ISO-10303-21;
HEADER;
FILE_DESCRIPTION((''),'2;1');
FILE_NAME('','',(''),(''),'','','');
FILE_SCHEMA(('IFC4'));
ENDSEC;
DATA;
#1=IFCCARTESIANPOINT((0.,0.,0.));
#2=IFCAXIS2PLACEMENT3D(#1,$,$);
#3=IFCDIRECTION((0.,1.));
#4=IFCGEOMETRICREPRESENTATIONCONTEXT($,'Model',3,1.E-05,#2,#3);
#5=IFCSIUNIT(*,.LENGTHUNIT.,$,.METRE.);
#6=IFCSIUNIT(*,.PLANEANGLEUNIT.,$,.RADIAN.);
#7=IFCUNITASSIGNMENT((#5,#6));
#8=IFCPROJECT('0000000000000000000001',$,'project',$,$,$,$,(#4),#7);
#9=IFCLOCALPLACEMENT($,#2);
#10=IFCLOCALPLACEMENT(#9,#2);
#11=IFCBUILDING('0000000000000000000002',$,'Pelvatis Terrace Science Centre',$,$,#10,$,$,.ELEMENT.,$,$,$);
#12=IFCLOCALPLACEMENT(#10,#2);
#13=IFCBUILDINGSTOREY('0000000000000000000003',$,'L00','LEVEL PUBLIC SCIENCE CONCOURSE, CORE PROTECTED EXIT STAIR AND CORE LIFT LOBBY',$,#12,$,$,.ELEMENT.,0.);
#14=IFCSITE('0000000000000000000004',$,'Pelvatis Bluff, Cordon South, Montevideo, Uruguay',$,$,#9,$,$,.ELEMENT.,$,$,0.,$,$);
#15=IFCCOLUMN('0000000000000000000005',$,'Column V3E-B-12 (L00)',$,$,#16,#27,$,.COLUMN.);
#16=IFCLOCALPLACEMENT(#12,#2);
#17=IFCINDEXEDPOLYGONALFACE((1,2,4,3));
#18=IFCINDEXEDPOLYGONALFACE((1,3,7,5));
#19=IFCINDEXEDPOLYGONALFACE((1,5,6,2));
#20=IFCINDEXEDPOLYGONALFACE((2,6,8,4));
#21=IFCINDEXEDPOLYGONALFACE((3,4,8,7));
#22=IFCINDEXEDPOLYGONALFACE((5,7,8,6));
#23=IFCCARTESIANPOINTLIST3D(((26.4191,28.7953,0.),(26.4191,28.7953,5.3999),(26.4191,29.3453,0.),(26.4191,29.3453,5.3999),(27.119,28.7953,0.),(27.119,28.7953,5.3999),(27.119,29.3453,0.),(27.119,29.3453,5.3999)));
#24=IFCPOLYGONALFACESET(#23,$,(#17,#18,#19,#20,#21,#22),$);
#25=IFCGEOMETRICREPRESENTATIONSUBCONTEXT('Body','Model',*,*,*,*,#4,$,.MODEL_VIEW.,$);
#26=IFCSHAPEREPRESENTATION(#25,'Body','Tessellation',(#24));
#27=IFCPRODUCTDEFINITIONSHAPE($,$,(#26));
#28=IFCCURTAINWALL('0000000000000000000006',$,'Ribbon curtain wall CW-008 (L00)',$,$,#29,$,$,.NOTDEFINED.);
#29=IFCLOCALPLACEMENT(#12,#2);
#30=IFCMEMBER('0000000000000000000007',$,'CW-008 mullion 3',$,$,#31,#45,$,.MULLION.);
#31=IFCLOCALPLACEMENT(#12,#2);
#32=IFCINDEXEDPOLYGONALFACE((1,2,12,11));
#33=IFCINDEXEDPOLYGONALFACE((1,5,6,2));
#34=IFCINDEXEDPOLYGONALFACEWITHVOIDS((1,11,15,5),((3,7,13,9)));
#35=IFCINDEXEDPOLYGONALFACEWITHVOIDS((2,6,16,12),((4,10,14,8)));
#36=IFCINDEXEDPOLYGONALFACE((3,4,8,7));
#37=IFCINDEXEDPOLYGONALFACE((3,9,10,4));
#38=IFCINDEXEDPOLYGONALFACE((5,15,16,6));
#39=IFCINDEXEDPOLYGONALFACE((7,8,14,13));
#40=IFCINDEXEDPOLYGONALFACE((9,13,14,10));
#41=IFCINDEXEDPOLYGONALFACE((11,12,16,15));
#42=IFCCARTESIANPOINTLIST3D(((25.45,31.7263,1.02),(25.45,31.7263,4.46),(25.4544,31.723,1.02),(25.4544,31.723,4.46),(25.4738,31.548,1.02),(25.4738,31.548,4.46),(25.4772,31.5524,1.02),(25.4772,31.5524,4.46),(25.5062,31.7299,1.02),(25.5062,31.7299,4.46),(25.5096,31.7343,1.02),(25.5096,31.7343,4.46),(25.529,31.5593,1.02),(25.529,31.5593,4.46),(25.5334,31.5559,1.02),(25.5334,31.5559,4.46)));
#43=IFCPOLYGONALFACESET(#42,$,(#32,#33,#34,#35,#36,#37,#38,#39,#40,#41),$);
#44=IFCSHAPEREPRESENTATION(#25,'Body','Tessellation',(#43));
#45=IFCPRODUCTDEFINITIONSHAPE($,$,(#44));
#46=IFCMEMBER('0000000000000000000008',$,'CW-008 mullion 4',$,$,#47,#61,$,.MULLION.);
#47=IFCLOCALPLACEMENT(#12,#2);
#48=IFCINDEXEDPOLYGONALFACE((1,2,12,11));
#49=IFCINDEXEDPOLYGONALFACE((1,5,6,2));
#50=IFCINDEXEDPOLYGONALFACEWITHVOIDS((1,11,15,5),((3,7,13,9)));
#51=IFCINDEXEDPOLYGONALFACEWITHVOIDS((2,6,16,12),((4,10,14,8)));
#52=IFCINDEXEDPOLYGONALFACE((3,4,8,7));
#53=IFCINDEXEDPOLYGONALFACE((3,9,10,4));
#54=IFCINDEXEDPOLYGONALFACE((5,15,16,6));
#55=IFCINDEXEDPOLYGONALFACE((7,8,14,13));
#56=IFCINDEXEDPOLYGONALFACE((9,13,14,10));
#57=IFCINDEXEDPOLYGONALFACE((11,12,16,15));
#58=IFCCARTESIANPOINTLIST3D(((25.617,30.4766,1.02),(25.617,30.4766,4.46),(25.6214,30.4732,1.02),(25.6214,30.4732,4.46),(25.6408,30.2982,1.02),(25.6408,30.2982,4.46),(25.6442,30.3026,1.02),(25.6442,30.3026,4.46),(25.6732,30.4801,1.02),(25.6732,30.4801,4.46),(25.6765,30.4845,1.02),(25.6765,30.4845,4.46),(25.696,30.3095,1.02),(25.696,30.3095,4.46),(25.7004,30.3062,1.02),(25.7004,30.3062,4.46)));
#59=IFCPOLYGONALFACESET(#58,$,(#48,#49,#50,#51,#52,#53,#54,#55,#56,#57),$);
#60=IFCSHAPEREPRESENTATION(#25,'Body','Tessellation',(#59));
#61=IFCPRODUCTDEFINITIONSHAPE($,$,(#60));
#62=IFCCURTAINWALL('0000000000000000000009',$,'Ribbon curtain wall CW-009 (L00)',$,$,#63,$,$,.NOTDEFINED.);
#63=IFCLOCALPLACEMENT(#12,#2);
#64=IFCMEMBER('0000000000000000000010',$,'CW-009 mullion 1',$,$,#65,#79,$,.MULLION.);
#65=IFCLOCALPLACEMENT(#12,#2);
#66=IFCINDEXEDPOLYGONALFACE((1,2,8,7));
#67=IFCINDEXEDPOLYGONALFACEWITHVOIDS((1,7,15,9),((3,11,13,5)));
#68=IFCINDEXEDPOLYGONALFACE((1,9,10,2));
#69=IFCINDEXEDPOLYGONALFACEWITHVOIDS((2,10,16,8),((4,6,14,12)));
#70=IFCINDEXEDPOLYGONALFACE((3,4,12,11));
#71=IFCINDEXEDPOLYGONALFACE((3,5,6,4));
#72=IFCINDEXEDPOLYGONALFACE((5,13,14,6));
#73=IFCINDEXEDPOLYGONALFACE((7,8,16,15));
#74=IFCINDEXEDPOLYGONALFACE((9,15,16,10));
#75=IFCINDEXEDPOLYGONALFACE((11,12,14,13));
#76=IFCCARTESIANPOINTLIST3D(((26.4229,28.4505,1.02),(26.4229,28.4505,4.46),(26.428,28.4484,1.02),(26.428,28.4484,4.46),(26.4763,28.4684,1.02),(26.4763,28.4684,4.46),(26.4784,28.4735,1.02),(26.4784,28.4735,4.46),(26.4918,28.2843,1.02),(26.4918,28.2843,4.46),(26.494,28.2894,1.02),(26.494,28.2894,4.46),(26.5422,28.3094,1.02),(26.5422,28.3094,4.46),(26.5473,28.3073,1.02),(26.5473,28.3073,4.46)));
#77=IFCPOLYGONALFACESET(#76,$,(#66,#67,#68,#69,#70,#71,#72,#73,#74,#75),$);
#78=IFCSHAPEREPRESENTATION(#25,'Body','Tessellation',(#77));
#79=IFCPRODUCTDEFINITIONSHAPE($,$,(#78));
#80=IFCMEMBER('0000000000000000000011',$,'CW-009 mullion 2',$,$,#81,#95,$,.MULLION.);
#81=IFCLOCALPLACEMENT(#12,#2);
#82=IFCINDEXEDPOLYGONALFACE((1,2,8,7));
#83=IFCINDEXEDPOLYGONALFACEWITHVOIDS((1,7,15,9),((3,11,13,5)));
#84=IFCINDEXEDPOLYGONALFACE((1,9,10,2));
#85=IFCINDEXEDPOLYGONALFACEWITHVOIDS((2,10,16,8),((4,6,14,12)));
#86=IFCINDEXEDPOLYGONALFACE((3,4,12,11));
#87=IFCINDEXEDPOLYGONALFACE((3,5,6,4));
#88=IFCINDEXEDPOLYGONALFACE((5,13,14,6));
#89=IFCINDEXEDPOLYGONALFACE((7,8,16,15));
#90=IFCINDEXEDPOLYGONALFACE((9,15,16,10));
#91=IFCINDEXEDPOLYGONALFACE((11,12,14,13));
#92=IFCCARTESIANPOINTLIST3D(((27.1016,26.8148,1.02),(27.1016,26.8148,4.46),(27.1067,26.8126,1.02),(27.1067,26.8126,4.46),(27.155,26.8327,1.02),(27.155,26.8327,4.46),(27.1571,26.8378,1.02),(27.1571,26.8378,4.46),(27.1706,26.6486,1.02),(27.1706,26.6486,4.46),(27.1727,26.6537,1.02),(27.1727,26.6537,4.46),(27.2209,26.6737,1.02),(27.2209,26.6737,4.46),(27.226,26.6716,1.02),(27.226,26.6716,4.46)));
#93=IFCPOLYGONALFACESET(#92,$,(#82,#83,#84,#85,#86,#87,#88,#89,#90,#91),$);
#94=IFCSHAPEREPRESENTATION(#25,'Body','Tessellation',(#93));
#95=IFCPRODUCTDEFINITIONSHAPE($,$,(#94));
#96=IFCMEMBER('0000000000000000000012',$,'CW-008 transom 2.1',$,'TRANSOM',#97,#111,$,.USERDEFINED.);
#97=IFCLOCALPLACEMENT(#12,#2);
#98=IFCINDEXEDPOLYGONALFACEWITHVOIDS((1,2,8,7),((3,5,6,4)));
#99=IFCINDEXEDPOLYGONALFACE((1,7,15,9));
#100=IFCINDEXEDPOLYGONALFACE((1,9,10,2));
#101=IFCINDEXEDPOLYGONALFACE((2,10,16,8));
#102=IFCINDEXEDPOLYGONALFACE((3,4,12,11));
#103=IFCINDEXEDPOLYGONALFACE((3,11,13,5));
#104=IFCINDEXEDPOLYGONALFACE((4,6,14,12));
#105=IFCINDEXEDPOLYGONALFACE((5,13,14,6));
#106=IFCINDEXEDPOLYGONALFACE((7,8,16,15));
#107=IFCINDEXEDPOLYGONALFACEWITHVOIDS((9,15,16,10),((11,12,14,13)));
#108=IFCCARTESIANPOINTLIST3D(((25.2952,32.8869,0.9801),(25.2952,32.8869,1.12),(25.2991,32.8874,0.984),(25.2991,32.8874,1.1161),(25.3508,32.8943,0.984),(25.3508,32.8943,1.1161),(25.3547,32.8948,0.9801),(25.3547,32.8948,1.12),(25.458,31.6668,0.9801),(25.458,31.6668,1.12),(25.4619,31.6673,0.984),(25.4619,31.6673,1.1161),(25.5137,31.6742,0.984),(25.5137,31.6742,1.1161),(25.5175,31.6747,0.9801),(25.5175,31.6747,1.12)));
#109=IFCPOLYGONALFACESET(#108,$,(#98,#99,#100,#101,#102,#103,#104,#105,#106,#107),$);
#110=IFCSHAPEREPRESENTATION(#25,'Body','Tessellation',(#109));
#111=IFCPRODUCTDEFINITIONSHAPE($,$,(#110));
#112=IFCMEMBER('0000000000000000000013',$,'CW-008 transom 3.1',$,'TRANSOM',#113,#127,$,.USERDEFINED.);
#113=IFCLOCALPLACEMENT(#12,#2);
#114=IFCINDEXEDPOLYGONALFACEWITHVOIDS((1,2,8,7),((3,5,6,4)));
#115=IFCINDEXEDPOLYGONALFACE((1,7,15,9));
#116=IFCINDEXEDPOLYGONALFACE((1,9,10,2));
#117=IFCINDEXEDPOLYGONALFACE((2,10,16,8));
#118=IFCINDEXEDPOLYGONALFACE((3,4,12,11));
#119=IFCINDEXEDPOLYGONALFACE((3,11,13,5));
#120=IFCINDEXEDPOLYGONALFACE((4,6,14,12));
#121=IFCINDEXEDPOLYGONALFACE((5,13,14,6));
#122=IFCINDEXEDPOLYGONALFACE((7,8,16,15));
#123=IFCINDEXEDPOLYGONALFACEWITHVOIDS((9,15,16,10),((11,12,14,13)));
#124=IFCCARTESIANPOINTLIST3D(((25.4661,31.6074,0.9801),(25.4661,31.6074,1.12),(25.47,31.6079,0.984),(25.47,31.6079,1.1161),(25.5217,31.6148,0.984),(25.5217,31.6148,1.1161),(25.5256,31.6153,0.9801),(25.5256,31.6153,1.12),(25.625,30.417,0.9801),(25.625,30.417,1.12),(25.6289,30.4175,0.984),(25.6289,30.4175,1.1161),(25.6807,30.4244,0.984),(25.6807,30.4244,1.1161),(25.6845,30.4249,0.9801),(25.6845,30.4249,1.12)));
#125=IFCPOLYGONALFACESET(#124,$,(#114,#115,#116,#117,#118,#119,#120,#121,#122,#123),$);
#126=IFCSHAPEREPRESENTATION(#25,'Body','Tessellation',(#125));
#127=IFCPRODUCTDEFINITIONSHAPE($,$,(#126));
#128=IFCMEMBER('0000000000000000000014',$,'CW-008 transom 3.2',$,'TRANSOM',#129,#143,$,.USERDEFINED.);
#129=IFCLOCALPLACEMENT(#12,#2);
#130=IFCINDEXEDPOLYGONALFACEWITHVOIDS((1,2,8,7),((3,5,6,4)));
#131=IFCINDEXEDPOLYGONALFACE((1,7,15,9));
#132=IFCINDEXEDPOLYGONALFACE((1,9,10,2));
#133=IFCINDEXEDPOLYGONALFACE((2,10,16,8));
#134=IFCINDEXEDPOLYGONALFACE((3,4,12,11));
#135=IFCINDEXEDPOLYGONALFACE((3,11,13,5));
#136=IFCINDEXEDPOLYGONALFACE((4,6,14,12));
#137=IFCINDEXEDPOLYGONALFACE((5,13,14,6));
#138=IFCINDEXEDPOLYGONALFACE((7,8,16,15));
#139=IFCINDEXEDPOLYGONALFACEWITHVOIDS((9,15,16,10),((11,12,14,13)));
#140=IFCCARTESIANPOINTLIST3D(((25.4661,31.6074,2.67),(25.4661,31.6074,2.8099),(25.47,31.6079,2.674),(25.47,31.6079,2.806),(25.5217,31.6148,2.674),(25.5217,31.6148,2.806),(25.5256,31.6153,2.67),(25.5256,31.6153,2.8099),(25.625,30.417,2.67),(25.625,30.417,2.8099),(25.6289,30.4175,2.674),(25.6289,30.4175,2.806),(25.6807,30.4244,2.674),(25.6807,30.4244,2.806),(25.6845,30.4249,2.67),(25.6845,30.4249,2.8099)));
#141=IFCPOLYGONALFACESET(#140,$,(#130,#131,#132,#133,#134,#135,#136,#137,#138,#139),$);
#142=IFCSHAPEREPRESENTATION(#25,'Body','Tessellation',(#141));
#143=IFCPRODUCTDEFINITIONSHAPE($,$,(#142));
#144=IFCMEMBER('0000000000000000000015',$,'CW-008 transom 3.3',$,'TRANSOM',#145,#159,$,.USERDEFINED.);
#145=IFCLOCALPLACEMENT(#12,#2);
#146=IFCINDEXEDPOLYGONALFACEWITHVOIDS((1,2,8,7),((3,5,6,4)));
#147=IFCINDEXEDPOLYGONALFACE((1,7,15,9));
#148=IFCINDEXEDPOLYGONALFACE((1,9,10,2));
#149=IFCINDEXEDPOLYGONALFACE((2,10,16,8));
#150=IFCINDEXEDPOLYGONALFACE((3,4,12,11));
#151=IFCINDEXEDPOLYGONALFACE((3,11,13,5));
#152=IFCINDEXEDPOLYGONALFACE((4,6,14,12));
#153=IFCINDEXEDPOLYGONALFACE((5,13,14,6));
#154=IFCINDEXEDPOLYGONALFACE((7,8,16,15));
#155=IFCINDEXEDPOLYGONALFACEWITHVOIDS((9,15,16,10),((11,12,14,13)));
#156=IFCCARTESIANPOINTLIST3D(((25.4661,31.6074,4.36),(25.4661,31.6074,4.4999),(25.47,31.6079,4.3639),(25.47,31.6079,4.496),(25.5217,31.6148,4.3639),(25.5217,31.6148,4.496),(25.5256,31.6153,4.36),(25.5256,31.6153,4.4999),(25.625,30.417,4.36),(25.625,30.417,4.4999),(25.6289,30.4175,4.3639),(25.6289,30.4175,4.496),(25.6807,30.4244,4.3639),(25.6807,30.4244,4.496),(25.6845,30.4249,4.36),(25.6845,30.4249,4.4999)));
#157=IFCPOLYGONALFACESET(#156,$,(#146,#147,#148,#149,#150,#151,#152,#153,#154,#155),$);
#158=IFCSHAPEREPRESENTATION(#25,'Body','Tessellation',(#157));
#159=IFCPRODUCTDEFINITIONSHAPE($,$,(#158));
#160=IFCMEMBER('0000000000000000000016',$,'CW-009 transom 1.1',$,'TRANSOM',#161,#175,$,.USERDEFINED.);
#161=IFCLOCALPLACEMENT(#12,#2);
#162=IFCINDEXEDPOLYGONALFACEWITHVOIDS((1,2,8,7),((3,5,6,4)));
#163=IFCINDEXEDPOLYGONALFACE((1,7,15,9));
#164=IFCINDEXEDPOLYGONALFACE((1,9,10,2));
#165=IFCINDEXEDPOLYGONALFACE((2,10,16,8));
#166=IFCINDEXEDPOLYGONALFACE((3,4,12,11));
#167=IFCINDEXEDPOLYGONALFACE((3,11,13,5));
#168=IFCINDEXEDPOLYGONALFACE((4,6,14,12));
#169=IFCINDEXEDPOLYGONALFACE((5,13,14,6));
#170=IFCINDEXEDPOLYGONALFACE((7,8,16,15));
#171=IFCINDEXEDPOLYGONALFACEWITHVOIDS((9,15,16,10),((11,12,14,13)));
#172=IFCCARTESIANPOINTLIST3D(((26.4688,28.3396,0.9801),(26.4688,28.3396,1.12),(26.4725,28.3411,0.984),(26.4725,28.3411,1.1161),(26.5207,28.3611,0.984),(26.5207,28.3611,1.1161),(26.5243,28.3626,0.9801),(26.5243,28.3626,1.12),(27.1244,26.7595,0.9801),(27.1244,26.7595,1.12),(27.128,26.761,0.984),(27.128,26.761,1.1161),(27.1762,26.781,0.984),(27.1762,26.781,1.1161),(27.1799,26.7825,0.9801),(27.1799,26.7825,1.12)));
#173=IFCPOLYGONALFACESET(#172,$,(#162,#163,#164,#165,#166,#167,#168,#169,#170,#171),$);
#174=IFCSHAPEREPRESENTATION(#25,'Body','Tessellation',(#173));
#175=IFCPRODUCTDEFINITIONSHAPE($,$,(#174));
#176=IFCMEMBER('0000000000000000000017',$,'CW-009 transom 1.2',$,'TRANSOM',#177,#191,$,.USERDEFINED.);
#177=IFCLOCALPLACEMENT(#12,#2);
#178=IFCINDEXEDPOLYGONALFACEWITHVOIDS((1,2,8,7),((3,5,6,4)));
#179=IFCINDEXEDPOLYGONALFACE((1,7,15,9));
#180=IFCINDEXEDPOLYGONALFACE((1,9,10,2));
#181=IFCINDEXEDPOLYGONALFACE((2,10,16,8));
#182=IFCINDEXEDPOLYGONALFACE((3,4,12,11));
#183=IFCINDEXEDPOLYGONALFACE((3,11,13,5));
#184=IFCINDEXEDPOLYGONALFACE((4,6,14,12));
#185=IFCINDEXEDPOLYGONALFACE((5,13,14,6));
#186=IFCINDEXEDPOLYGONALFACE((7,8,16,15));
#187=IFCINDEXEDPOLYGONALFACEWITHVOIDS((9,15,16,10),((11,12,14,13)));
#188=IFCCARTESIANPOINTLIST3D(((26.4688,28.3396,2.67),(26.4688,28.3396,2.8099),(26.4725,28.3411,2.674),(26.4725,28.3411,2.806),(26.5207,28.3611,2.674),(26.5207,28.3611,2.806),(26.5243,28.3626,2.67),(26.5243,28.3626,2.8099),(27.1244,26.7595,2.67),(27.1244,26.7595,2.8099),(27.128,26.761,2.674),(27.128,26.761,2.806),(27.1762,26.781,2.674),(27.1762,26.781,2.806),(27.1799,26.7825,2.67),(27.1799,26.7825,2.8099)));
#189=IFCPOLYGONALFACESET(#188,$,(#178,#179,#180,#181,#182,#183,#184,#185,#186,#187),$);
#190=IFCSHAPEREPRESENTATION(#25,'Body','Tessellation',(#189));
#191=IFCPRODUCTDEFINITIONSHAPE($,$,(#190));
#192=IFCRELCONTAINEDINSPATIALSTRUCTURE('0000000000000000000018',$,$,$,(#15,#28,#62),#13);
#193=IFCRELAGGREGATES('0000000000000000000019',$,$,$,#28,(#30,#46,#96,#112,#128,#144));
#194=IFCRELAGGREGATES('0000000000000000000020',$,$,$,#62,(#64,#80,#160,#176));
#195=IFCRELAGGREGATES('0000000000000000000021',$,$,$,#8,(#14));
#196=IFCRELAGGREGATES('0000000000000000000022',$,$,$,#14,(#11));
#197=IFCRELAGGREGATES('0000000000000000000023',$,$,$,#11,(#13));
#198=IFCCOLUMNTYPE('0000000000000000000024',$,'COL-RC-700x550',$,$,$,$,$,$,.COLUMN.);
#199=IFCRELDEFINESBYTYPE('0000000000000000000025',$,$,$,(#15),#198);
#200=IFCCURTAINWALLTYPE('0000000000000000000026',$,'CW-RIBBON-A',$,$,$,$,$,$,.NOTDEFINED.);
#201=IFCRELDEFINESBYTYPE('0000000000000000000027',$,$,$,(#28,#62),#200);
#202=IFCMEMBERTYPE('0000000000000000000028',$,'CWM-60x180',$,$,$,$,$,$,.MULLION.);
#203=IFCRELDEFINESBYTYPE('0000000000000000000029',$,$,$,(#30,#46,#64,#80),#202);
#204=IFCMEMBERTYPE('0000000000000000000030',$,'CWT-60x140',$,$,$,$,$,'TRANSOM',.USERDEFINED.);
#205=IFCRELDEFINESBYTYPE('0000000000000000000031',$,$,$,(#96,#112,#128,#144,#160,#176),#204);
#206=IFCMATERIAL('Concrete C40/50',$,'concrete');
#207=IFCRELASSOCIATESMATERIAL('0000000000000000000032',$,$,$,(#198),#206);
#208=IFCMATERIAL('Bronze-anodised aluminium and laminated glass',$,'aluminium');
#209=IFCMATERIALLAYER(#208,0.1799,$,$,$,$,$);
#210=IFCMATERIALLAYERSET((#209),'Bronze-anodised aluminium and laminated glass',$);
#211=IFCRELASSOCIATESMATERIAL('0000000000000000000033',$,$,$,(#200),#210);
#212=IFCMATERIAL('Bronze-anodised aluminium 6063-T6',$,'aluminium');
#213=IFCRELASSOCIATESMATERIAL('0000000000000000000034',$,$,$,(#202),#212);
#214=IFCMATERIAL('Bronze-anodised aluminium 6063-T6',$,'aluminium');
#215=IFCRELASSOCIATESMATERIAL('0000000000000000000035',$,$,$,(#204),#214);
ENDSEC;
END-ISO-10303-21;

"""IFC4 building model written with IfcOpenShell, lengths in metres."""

from ifc_helpers import new_model, si_unit, direction, frame, origin, origin_2d, place, context, subcontext, project, spatial, rectangle, hollow_rectangle, extrude, material, layer, layer_set, material_profile, profile_set, type_object, element, aggregate, save


model = new_model("IFC4")

# Units and contexts
model_context = context("Model", 3, precision=1e-05, world=origin(), true_north=direction((0.0, 1.0)))
body_context = subcontext(model_context, "Body", "Model", "MODEL_VIEW")
ifc_project = project(units=[si_unit("LENGTHUNIT", "METRE"), si_unit("PLANEANGLEUNIT", "RADIAN")], contexts=[model_context])

# Site, building, storey
site_placement = place(None, origin())
site = spatial("IfcSite", under=ifc_project, at=site_placement, Name="Pelvatis Bluff, Cordon South, Montevideo, Uruguay", CompositionType="ELEMENT", RefElevation=0.0)
building_placement = place(site_placement, origin())
building = spatial("IfcBuilding", under=site, at=building_placement, Name="Pelvatis Terrace Science Centre", CompositionType="ELEMENT")
storey_placement = place(building_placement, origin())
storey = spatial("IfcBuildingStorey", under=building, at=storey_placement, Name="L00", Description="LEVEL PUBLIC SCIENCE CONCOURSE, CORE PROTECTED EXIT STAIR AND CORE LIFT LOBBY", CompositionType="ELEMENT", Elevation=0.0)

# Column
ifc_material_1 = material(Name="Concrete C40/50", Category="concrete")
ifc_material_profile_1 = material_profile(ifc_material_1, rectangle(XDim=0.7, YDim=0.55, at=origin_2d()), Name="RC-COL 700x550")
ifc_profile_set_1 = profile_set([ifc_material_profile_1], Name="Concrete C40/50")
column_type = type_object("IfcColumnType", Name="COL-RC-700x550", PredefinedType="COLUMN", material=ifc_profile_set_1)
column_placement = place(storey_placement, frame((26.769, 29.0703, 0.0), z_axis=(0.0, 0.0, 1.0), x_axis=(1.0, 0.0, 0.0)))
element("IfcColumn", 1, at=column_placement, inside=storey, type_object=column_type, Name="Column V3E-B-12 (L00)", PredefinedType="COLUMN", context=body_context, shape_type="SweptSolid", body=[
    extrude(rectangle(XDim=0.7, YDim=0.55, at=origin_2d()), origin(), (0.0, 0.0, 1.0), 5.3999),
])

# Curtain walls, members
ifc_material_2 = material(Name="Bronze-anodised aluminium and laminated glass", Category="aluminium")
ifc_layer_1 = layer(ifc_material_2, 0.1799)
ifc_layer_set_1 = layer_set([ifc_layer_1], Name="Bronze-anodised aluminium and laminated glass")
curtain_wall_type = type_object("IfcCurtainWallType", Name="CW-RIBBON-A", PredefinedType="NOTDEFINED", material=ifc_layer_set_1)
curtain_wall_1_placement = place(storey_placement, origin())
curtain_wall_1 = element("IfcCurtainWall", 2, at=curtain_wall_1_placement, inside=storey, type_object=curtain_wall_type, Name="Ribbon curtain wall CW-008 (L00)", PredefinedType="NOTDEFINED")
ifc_material_3 = material(Name="Bronze-anodised aluminium 6063-T6", Category="aluminium")
ifc_material_profile_2 = material_profile(ifc_material_3, hollow_rectangle(XDim=0.0601, YDim=0.1799, WallThickness=0.0039, at=origin_2d()), Name="ALU-MUL 60x180")
ifc_profile_set_2 = profile_set([ifc_material_profile_2], Name="Bronze-anodised aluminium 6063-T6")
member_type_1 = type_object("IfcMemberType", Name="CWM-60x180", PredefinedType="MULLION", material=ifc_profile_set_2)
member_1_placement = place(storey_placement, frame((25.4917, 31.6411, 1.02), z_axis=(0.0, 0.0, 1.0), x_axis=(0.991197, 0.132392, 0.0)))
member_1 = element("IfcMember", 3, at=member_1_placement, type_object=member_type_1, Name="CW-008 mullion 3", PredefinedType="MULLION", context=body_context, shape_type="SweptSolid", body=[
    extrude(hollow_rectangle(XDim=0.0601, YDim=0.1799, WallThickness=0.0039, at=origin_2d()), origin(), (0.0, 0.0, 1.0), 3.4399),
])
member_2_placement = place(storey_placement, frame((25.6587, 30.3914, 1.02), z_axis=(0.0, 0.0, 1.0), x_axis=(0.991197, 0.132392, 0.0)))
member_2 = element("IfcMember", 4, at=member_2_placement, type_object=member_type_1, Name="CW-008 mullion 4", PredefinedType="MULLION", context=body_context, shape_type="SweptSolid", body=[
    extrude(hollow_rectangle(XDim=0.0601, YDim=0.1799, WallThickness=0.0039, at=origin_2d()), origin(), (0.0, 0.0, 1.0), 3.4399),
])
curtain_wall_2_placement = place(storey_placement, origin())
curtain_wall_2 = element("IfcCurtainWall", 5, at=curtain_wall_2_placement, inside=storey, type_object=curtain_wall_type, Name="Ribbon curtain wall CW-009 (L00)", PredefinedType="NOTDEFINED")
member_3_placement = place(storey_placement, frame((26.4851, 28.3789, 1.02), z_axis=(0.0, 0.0, 1.0), x_axis=(0.923674, 0.38318, 0.0)))
member_3 = element("IfcMember", 6, at=member_3_placement, type_object=member_type_1, Name="CW-009 mullion 1", PredefinedType="MULLION", context=body_context, shape_type="SweptSolid", body=[
    extrude(hollow_rectangle(XDim=0.0601, YDim=0.1799, WallThickness=0.0039, at=origin_2d()), origin(), (0.0, 0.0, 1.0), 3.4399),
])
member_4_placement = place(storey_placement, frame((27.1638, 26.7432, 1.02), z_axis=(0.0, 0.0, 1.0), x_axis=(0.923674, 0.38318, 0.0)))
member_4 = element("IfcMember", 7, at=member_4_placement, type_object=member_type_1, Name="CW-009 mullion 2", PredefinedType="MULLION", context=body_context, shape_type="SweptSolid", body=[
    extrude(hollow_rectangle(XDim=0.0601, YDim=0.1799, WallThickness=0.0039, at=origin_2d()), origin(), (0.0, 0.0, 1.0), 3.4399),
])

# Members
ifc_material_4 = material(Name="Bronze-anodised aluminium 6063-T6", Category="aluminium")
ifc_material_profile_3 = material_profile(ifc_material_4, hollow_rectangle(XDim=0.0601, YDim=0.1399, WallThickness=0.0039, at=origin_2d()), Name="ALU-TRN 60x140")
ifc_profile_set_3 = profile_set([ifc_material_profile_3], Name="Bronze-anodised aluminium 6063-T6")
member_type_2 = type_object("IfcMemberType", Name="CWT-60x140", ElementType="TRANSOM", PredefinedType="USERDEFINED", material=ifc_profile_set_3)
member_5_placement = place(storey_placement, frame((25.325, 32.8909, 1.05), z_axis=(0.132281, -0.991212, 0.0), x_axis=(0.991212, 0.132281, 0.0)))
member_5 = element("IfcMember", 8, at=member_5_placement, type_object=member_type_2, Name="CW-008 transom 2.1", ObjectType="TRANSOM", PredefinedType="USERDEFINED", context=body_context, shape_type="SweptSolid", body=[
    extrude(hollow_rectangle(XDim=0.0601, YDim=0.1399, WallThickness=0.0039, at=origin_2d()), origin(), (0.0, 0.0, 1.0), 1.231),
])
member_6_placement = place(storey_placement, frame((25.4958, 31.6113, 1.05), z_axis=(0.132337, -0.991205, 0.0), x_axis=(0.991205, 0.132337, 0.0)))
member_6 = element("IfcMember", 9, at=member_6_placement, type_object=member_type_2, Name="CW-008 transom 3.1", ObjectType="TRANSOM", PredefinedType="USERDEFINED", context=body_context, shape_type="SweptSolid", body=[
    extrude(hollow_rectangle(XDim=0.0601, YDim=0.1399, WallThickness=0.0039, at=origin_2d()), origin(), (0.0, 0.0, 1.0), 1.2009),
])
member_7_placement = place(storey_placement, frame((25.4958, 31.6113, 2.74), z_axis=(0.132337, -0.991205, 0.0), x_axis=(0.991205, 0.132337, 0.0)))
member_7 = element("IfcMember", 10, at=member_7_placement, type_object=member_type_2, Name="CW-008 transom 3.2", ObjectType="TRANSOM", PredefinedType="USERDEFINED", context=body_context, shape_type="SweptSolid", body=[
    extrude(hollow_rectangle(XDim=0.0601, YDim=0.1399, WallThickness=0.0039, at=origin_2d()), origin(), (0.0, 0.0, 1.0), 1.2009),
])
member_8_placement = place(storey_placement, frame((25.4958, 31.6113, 4.4299), z_axis=(0.132337, -0.991205, 0.0), x_axis=(0.991205, 0.132337, 0.0)))
member_8 = element("IfcMember", 11, at=member_8_placement, type_object=member_type_2, Name="CW-008 transom 3.3", ObjectType="TRANSOM", PredefinedType="USERDEFINED", context=body_context, shape_type="SweptSolid", body=[
    extrude(hollow_rectangle(XDim=0.0601, YDim=0.1399, WallThickness=0.0039, at=origin_2d()), origin(), (0.0, 0.0, 1.0), 1.2009),
])
member_9_placement = place(storey_placement, frame((26.4966, 28.3511, 1.05), z_axis=(0.383196, -0.923667, 0.0), x_axis=(0.923667, 0.383196, 0.0)))
member_9 = element("IfcMember", 12, at=member_9_placement, type_object=member_type_2, Name="CW-009 transom 1.1", ObjectType="TRANSOM", PredefinedType="USERDEFINED", context=body_context, shape_type="SweptSolid", body=[
    extrude(hollow_rectangle(XDim=0.0601, YDim=0.1399, WallThickness=0.0039, at=origin_2d()), origin(), (0.0, 0.0, 1.0), 1.7107),
])
member_10_placement = place(storey_placement, frame((26.4966, 28.3511, 2.74), z_axis=(0.383196, -0.923667, 0.0), x_axis=(0.923667, 0.383196, 0.0)))
member_10 = element("IfcMember", 13, at=member_10_placement, type_object=member_type_2, Name="CW-009 transom 1.2", ObjectType="TRANSOM", PredefinedType="USERDEFINED", context=body_context, shape_type="SweptSolid", body=[
    extrude(hollow_rectangle(XDim=0.0601, YDim=0.1399, WallThickness=0.0039, at=origin_2d()), origin(), (0.0, 0.0, 1.0), 1.7107),
])

aggregate(curtain_wall_1, [member_1, member_2, member_5, member_6, member_7, member_8])
aggregate(curtain_wall_2, [member_3, member_4, member_9, member_10])

save(model, "model.ifc")
